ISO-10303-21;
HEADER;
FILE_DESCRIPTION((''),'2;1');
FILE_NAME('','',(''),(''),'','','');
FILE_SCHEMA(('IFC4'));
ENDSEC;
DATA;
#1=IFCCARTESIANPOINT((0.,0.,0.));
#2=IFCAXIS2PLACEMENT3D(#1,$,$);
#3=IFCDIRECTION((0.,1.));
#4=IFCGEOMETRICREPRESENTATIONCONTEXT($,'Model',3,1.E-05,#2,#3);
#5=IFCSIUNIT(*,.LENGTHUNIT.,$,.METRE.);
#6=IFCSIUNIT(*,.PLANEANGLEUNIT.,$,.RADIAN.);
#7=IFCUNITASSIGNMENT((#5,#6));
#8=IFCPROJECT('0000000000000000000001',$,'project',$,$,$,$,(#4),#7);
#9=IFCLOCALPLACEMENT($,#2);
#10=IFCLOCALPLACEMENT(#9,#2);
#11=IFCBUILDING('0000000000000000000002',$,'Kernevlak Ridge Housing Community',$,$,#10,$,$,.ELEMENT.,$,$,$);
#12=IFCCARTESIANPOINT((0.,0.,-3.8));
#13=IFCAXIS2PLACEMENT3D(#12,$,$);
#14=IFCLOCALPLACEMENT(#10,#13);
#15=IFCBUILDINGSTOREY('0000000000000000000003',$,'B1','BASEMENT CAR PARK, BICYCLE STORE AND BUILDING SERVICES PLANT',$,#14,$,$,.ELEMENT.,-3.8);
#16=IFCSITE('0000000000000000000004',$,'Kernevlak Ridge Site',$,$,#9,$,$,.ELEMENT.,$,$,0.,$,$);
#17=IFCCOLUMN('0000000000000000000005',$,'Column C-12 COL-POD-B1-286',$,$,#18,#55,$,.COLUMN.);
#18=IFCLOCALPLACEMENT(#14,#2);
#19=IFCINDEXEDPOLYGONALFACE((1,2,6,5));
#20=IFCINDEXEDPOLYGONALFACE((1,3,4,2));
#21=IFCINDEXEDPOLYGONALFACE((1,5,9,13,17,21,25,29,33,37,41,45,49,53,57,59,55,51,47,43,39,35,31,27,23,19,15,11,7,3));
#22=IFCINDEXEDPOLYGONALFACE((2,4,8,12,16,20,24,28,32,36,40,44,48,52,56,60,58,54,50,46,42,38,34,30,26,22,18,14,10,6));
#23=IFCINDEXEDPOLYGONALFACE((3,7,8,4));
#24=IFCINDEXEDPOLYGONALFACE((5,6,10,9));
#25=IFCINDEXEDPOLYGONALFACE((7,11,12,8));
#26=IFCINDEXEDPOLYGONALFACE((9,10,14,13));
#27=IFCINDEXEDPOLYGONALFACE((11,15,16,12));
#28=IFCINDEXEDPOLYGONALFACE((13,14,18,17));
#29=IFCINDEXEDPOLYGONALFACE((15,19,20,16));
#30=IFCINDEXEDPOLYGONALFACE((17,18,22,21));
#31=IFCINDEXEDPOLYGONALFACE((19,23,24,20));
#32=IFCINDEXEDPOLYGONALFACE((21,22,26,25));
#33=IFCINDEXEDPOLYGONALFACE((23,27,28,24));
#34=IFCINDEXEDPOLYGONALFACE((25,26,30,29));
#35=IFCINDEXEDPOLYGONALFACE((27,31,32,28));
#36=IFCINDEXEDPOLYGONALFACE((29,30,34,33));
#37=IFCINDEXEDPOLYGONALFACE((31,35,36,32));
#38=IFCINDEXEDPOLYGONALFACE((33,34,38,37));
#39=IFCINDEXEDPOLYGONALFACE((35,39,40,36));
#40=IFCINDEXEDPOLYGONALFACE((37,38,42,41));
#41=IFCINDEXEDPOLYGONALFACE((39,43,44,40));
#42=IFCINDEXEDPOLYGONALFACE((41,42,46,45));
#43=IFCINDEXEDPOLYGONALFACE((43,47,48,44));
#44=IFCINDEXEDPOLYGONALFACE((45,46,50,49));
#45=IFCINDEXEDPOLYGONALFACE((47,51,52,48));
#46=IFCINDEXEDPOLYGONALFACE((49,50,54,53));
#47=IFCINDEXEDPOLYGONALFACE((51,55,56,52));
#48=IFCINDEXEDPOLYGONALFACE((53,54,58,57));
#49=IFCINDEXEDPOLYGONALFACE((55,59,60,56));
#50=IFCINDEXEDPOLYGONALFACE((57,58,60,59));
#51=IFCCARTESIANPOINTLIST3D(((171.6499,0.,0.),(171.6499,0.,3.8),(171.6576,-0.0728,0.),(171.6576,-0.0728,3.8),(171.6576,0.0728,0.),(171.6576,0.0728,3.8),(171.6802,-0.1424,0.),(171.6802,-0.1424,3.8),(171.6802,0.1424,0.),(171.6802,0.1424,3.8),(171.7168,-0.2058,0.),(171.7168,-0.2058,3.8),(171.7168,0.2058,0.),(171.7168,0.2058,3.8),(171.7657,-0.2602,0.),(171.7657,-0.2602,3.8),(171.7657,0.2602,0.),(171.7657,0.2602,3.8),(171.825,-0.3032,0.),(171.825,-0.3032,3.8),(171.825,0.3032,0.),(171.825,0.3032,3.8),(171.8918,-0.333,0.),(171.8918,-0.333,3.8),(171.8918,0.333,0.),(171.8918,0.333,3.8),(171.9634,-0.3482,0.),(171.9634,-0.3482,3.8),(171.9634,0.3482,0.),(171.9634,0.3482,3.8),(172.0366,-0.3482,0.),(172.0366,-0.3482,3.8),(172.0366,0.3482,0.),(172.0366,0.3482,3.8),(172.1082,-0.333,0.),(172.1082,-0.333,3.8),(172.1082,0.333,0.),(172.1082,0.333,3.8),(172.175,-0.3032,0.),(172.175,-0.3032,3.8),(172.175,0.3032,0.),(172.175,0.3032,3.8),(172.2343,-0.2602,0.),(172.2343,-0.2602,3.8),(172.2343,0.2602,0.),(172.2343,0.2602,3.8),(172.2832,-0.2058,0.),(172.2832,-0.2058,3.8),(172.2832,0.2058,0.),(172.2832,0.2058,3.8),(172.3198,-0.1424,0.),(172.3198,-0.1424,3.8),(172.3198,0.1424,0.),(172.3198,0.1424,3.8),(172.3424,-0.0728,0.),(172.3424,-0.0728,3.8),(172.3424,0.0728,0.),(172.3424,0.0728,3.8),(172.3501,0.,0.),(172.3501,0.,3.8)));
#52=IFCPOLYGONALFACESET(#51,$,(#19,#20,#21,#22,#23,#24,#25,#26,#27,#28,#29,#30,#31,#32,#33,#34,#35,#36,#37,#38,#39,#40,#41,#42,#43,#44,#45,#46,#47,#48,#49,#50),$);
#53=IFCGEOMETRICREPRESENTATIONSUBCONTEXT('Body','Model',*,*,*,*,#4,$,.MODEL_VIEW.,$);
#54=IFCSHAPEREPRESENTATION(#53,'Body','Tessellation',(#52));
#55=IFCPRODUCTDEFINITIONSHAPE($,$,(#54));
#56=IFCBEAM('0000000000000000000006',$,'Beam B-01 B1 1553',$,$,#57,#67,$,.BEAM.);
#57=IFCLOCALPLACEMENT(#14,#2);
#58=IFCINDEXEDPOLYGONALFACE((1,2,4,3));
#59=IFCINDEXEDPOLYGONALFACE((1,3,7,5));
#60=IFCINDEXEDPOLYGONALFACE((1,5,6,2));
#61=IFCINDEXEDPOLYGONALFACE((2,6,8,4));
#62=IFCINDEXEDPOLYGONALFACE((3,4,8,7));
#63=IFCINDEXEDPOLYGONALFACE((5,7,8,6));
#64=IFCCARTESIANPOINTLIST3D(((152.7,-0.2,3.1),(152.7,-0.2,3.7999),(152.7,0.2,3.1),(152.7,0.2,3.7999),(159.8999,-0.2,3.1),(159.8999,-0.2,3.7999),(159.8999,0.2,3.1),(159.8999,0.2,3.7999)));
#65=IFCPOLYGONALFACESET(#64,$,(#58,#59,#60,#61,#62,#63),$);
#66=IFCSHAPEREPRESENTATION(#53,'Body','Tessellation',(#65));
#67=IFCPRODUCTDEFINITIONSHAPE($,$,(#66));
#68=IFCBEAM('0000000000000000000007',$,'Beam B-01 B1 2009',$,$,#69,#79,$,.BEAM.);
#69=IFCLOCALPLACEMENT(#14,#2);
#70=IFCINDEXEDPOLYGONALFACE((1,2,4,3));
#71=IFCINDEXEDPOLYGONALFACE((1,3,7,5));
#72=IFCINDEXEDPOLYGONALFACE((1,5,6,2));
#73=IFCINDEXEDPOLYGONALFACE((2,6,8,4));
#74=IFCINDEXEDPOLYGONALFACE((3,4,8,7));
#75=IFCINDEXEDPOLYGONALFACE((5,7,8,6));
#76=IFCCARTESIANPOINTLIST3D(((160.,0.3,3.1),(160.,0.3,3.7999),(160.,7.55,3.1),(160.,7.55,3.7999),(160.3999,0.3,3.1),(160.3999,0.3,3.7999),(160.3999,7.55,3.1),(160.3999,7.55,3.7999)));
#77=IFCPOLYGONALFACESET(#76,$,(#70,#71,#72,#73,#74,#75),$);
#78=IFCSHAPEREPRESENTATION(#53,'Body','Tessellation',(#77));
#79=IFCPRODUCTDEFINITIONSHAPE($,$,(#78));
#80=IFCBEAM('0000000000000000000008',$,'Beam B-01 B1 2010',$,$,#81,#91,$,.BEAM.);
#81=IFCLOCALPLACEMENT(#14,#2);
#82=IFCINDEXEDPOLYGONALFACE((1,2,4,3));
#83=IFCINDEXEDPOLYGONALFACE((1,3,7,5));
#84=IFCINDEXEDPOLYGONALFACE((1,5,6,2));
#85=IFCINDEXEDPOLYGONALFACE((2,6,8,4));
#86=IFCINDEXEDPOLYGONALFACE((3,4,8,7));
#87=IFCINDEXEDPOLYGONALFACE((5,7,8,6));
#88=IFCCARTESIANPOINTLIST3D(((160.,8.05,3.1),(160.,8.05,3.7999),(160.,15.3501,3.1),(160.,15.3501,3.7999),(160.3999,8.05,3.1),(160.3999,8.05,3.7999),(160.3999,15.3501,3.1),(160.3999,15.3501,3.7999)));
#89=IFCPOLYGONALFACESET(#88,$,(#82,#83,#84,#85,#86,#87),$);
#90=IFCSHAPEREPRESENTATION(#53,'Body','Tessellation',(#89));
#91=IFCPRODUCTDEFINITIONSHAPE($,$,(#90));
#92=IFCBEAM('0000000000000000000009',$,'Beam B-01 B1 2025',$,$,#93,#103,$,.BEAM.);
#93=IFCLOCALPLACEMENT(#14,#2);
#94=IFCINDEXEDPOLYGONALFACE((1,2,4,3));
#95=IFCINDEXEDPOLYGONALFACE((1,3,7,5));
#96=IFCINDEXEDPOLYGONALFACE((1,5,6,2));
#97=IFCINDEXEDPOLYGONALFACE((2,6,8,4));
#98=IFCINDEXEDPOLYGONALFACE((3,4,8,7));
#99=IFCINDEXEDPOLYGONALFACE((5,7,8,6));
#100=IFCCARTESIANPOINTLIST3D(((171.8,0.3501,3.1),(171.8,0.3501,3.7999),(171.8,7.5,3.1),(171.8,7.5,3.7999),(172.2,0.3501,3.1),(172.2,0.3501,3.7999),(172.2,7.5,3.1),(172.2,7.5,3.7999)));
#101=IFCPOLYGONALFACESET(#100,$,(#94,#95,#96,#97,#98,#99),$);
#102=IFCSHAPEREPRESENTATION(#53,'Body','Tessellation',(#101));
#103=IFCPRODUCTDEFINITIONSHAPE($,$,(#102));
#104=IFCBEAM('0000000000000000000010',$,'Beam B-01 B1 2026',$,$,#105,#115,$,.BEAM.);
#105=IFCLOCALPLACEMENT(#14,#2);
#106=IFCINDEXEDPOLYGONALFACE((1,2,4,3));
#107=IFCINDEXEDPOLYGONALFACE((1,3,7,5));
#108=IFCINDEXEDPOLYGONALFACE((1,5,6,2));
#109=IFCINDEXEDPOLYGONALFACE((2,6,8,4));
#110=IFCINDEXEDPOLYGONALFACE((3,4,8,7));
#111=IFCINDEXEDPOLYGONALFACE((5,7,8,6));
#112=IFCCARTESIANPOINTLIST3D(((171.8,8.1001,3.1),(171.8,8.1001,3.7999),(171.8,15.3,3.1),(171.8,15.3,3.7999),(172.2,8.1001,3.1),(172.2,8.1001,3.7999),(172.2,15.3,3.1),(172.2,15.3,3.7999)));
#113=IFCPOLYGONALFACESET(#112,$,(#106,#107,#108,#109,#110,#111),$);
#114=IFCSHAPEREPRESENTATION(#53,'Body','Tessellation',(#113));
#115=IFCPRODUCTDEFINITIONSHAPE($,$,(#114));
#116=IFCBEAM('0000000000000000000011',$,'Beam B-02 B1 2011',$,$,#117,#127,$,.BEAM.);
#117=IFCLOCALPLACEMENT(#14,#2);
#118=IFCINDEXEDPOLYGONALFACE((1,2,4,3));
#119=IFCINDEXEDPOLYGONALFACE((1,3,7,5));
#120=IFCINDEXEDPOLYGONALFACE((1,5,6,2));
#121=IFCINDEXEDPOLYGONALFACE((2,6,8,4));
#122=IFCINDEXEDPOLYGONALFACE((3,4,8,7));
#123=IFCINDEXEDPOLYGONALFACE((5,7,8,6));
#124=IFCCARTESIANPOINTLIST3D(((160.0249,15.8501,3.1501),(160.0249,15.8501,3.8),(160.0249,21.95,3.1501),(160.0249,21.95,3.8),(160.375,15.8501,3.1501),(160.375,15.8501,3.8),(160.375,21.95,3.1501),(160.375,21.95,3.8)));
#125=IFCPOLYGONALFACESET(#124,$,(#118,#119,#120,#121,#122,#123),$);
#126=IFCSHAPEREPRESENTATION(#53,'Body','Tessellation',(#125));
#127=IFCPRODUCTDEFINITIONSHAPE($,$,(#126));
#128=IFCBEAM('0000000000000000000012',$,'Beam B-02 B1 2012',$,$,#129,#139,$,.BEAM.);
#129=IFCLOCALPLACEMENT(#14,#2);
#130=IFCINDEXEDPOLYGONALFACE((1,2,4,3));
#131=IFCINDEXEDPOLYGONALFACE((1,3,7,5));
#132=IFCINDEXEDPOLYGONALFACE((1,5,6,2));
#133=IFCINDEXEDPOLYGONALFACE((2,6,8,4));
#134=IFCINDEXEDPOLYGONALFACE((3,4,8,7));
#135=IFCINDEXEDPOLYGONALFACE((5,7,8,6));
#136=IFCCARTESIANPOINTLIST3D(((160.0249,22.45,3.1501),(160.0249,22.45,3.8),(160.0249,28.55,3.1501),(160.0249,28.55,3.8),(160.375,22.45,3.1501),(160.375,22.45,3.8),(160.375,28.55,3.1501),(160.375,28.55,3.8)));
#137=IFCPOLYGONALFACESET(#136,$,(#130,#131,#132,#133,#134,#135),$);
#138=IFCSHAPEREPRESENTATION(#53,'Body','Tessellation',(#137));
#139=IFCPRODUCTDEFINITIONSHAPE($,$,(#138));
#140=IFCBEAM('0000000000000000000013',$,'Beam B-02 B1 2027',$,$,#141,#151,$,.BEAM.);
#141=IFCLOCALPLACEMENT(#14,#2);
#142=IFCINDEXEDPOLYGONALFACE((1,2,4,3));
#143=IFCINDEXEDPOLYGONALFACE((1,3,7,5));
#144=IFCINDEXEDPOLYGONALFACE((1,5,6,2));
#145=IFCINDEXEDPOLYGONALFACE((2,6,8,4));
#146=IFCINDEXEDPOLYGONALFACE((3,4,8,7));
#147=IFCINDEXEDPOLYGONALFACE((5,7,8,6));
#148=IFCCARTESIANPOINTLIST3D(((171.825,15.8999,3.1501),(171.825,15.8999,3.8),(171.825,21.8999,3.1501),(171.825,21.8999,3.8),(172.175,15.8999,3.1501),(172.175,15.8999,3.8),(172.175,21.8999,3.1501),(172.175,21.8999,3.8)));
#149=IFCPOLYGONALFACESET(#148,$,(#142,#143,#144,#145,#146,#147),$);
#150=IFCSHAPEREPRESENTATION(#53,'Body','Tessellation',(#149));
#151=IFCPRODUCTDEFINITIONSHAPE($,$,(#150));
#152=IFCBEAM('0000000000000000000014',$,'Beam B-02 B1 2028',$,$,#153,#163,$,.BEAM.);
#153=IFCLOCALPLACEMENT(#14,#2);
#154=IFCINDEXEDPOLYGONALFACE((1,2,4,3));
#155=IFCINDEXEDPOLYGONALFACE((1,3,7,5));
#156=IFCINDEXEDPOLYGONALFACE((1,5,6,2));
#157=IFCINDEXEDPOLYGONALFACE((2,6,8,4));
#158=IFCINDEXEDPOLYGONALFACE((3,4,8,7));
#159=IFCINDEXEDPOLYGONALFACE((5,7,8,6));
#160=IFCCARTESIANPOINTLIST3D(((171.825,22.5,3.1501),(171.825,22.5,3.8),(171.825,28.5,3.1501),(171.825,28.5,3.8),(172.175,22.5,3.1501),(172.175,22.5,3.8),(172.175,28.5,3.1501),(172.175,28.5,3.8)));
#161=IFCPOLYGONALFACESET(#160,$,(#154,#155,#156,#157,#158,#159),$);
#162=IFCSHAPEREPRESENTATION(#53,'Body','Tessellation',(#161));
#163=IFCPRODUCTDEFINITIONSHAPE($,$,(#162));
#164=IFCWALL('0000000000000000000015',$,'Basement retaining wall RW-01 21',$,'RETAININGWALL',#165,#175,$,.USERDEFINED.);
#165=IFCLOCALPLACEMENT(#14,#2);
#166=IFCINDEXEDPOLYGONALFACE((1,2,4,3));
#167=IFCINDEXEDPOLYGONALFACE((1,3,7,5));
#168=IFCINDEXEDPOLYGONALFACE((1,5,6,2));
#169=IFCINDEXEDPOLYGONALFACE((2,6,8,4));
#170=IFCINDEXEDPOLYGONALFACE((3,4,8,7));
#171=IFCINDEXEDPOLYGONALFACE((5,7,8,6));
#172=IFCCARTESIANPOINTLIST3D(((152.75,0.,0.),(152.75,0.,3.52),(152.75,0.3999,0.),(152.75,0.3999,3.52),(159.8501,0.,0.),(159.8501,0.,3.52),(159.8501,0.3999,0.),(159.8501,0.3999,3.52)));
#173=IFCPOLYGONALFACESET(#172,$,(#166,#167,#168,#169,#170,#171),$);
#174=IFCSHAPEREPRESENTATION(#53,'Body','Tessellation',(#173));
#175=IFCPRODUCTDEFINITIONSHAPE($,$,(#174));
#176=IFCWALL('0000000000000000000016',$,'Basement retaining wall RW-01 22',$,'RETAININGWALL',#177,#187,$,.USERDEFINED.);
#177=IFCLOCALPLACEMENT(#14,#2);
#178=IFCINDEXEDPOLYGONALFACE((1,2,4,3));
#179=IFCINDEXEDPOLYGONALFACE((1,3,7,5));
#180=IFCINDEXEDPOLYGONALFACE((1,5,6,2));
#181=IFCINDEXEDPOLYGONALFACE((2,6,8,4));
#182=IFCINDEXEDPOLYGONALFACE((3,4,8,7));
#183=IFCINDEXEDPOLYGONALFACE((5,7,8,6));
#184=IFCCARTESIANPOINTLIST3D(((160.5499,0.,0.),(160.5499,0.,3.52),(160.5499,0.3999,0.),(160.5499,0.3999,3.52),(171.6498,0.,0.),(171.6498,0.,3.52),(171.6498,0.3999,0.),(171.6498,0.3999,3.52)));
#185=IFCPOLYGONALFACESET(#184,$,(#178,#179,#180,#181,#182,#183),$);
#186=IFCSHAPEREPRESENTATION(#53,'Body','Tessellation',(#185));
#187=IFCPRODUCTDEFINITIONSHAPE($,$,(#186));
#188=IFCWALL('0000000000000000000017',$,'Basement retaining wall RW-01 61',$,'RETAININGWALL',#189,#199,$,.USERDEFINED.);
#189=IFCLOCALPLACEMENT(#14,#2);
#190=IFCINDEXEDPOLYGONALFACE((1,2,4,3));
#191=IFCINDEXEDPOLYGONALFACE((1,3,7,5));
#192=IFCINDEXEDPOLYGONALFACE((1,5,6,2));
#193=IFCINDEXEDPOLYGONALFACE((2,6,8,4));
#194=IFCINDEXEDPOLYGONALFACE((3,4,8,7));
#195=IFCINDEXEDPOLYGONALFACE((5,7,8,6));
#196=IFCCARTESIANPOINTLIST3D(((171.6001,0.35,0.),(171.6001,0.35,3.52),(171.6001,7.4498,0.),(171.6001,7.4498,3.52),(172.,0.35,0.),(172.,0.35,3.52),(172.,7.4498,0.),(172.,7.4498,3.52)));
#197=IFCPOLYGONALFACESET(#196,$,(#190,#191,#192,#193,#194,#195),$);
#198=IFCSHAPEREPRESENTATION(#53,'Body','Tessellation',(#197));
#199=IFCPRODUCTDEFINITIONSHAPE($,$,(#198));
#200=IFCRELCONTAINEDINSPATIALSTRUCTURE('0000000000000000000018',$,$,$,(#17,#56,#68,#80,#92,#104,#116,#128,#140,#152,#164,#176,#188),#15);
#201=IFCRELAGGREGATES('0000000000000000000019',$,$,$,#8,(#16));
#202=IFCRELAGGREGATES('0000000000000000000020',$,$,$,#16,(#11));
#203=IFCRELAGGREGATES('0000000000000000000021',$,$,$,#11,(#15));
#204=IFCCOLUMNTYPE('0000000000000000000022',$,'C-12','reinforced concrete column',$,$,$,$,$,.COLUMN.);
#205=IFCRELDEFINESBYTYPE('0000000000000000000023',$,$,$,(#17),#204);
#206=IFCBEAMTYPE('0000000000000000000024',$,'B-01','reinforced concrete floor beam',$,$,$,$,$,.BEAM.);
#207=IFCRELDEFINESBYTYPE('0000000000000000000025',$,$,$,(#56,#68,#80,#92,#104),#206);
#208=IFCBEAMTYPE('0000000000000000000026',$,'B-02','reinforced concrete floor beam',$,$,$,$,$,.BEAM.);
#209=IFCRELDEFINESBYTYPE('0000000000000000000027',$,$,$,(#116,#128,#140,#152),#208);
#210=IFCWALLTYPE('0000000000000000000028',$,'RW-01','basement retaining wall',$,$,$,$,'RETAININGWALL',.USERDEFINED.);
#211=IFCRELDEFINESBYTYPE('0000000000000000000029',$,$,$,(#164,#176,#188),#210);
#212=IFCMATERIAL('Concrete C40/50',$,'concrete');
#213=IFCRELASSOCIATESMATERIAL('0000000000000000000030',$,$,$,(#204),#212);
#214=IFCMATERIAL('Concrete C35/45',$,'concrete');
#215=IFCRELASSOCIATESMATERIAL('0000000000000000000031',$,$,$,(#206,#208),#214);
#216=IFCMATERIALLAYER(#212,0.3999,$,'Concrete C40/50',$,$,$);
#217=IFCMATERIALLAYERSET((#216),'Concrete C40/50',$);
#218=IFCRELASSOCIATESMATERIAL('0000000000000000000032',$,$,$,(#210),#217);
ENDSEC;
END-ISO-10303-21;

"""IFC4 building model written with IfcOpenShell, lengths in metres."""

from ifc_helpers import new_model, si_unit, direction, frame, frame_2d, origin, origin_2d, place, context, subcontext, project, spatial, rectangle, circle, extrude, material, layer, layer_set, material_profile, profile_set, type_object, element, save


model = new_model("IFC4")

# Units and contexts
model_context = context("Model", 3, precision=1e-05, world=origin(), true_north=direction((0.0, 1.0)))
body_context = subcontext(model_context, "Body", "Model", "MODEL_VIEW")
ifc_project = project(units=[si_unit("LENGTHUNIT", "METRE"), si_unit("PLANEANGLEUNIT", "RADIAN")], contexts=[model_context])

# Site, building, storey
site_placement = place(None, origin())
site = spatial("IfcSite", under=ifc_project, at=site_placement, Name="Kernevlak Ridge Site", CompositionType="ELEMENT", RefElevation=0.0)
building_placement = place(site_placement, origin())
building = spatial("IfcBuilding", under=site, at=building_placement, Name="Kernevlak Ridge Housing Community", CompositionType="ELEMENT")
storey_placement = place(building_placement, frame((0.0, 0.0, -3.8)))
storey = spatial("IfcBuildingStorey", under=building, at=storey_placement, Name="B1", Description="BASEMENT CAR PARK, BICYCLE STORE AND BUILDING SERVICES PLANT", CompositionType="ELEMENT", Elevation=-3.8)

# Shared definitions
ifc_material_1 = material(Name="Concrete C35/45", Category="concrete")

# Column
ifc_material_2 = material(Name="Concrete C40/50", Category="concrete")
ifc_material_profile_1 = material_profile(ifc_material_2, circle(Radius=0.3501, at=origin_2d()), Name="RC D700")
ifc_profile_set_1 = profile_set([ifc_material_profile_1], Name="Concrete C40/50")
column_type_1 = type_object("IfcColumnType", Name="C-12", Description="reinforced concrete column", PredefinedType="COLUMN", material=ifc_profile_set_1)
column_placement = place(storey_placement, frame((172.0, 0.0, 0.0), z_axis=(0.0, 0.0, 1.0), x_axis=(1.0, 0.0, 0.0)))
element("IfcColumn", 1, at=column_placement, inside=storey, type_object=column_type_1, Name="Column C-12 COL-POD-B1-286", PredefinedType="COLUMN", context=body_context, shape_type="SweptSolid", body=[
    extrude(circle(Radius=0.3501, at=origin_2d()), origin(), (0.0, 0.0, 1.0), 3.8),
])

# Beams
ifc_material_profile_2 = material_profile(ifc_material_1, rectangle(XDim=0.3999, YDim=0.7, at=origin_2d()), Name="RC 400x700")
ifc_profile_set_2 = profile_set([ifc_material_profile_2], Name="Concrete C35/45")
beam_type_1 = type_object("IfcBeamType", Name="B-01", Description="reinforced concrete floor beam", PredefinedType="BEAM", material=ifc_profile_set_2)
beam_1_placement = place(storey_placement, frame((152.7, 0.0, 3.45), z_axis=(1.0, 0.0, 0.0), x_axis=(0.0, 1.0, 0.0)))
element("IfcBeam", 2, at=beam_1_placement, inside=storey, type_object=beam_type_1, Name="Beam B-01 B1 1553", PredefinedType="BEAM", context=body_context, shape_type="SweptSolid", body=[
    extrude(rectangle(XDim=0.3999, YDim=0.7, at=origin_2d()), origin(), (0.0, 0.0, 1.0), 7.2),
])
beam_2_placement = place(storey_placement, frame((160.2, 0.3, 3.45), z_axis=(0.0, 1.0, 0.0), x_axis=(-1.0, 0.0, 0.0)))
element("IfcBeam", 3, at=beam_2_placement, inside=storey, type_object=beam_type_1, Name="Beam B-01 B1 2009", PredefinedType="BEAM", context=body_context, shape_type="SweptSolid", body=[
    extrude(rectangle(XDim=0.3999, YDim=0.7, at=origin_2d()), origin(), (0.0, 0.0, 1.0), 7.25),
])
beam_3_placement = place(storey_placement, frame((160.2, 8.05, 3.45), z_axis=(0.0, 1.0, 0.0), x_axis=(-1.0, 0.0, 0.0)))
element("IfcBeam", 4, at=beam_3_placement, inside=storey, type_object=beam_type_1, Name="Beam B-01 B1 2010", PredefinedType="BEAM", context=body_context, shape_type="SweptSolid", body=[
    extrude(rectangle(XDim=0.3999, YDim=0.7, at=origin_2d()), origin(), (0.0, 0.0, 1.0), 7.3),
])
beam_4_placement = place(storey_placement, frame((172.0, 0.3501, 3.45), z_axis=(0.0, 1.0, 0.0), x_axis=(-1.0, 0.0, 0.0)))
element("IfcBeam", 5, at=beam_4_placement, inside=storey, type_object=beam_type_1, Name="Beam B-01 B1 2025", PredefinedType="BEAM", context=body_context, shape_type="SweptSolid", body=[
    extrude(rectangle(XDim=0.3999, YDim=0.7, at=origin_2d()), origin(), (0.0, 0.0, 1.0), 7.1499),
])
beam_5_placement = place(storey_placement, frame((172.0, 8.1001, 3.45), z_axis=(0.0, 1.0, 0.0), x_axis=(-1.0, 0.0, 0.0)))
element("IfcBeam", 6, at=beam_5_placement, inside=storey, type_object=beam_type_1, Name="Beam B-01 B1 2026", PredefinedType="BEAM", context=body_context, shape_type="SweptSolid", body=[
    extrude(rectangle(XDim=0.3999, YDim=0.7, at=origin_2d()), origin(), (0.0, 0.0, 1.0), 7.2),
])
ifc_material_profile_3 = material_profile(ifc_material_1, rectangle(XDim=0.3501, YDim=0.6499, at=origin_2d()), Name="RC 350x650")
ifc_profile_set_3 = profile_set([ifc_material_profile_3], Name="Concrete C35/45")
beam_type_2 = type_object("IfcBeamType", Name="B-02", Description="reinforced concrete floor beam", PredefinedType="BEAM", material=ifc_profile_set_3)
beam_6_placement = place(storey_placement, frame((160.2, 15.8501, 3.4751), z_axis=(0.0, 1.0, 0.0), x_axis=(-1.0, 0.0, 0.0)))
element("IfcBeam", 7, at=beam_6_placement, inside=storey, type_object=beam_type_2, Name="Beam B-02 B1 2011", PredefinedType="BEAM", context=body_context, shape_type="SweptSolid", body=[
    extrude(rectangle(XDim=0.3501, YDim=0.6499, at=origin_2d()), origin(), (0.0, 0.0, 1.0), 6.0999),
])
beam_7_placement = place(storey_placement, frame((160.2, 22.45, 3.4751), z_axis=(0.0, 1.0, 0.0), x_axis=(-1.0, 0.0, 0.0)))
element("IfcBeam", 8, at=beam_7_placement, inside=storey, type_object=beam_type_2, Name="Beam B-02 B1 2012", PredefinedType="BEAM", context=body_context, shape_type="SweptSolid", body=[
    extrude(rectangle(XDim=0.3501, YDim=0.6499, at=origin_2d()), origin(), (0.0, 0.0, 1.0), 6.1001),
])
for number, where, z_axis, x_axis, name in (
    (9, (172.0, 15.8999, 3.4751), (0.0, 1.0, 0.0), (-1.0, 0.0, 0.0), "Beam B-02 B1 2027"),
    (10, (172.0, 22.5, 3.4751), (0.0, 1.0, 0.0), (-1.0, 0.0, 0.0), "Beam B-02 B1 2028"),
):
    element("IfcBeam", number, at=place(storey_placement, frame(where, z_axis=z_axis, x_axis=x_axis)), inside=storey, type_object=beam_type_2, Name=name, PredefinedType="BEAM", context=body_context, shape_type="SweptSolid", body=[
        extrude(rectangle(XDim=0.3501, YDim=0.6499, at=origin_2d()), origin(), (0.0, 0.0, 1.0), 6.0),
    ])

# Walls
ifc_layer = layer(ifc_material_2, 0.3999, Name="Concrete C40/50")
ifc_layer_set = layer_set([ifc_layer], Name="Concrete C40/50")
wall_type = type_object("IfcWallType", Name="RW-01", Description="basement retaining wall", ElementType="RETAININGWALL", PredefinedType="USERDEFINED", material=ifc_layer_set)
wall_1_placement = place(storey_placement, frame((152.75, 0.2, 0.0), z_axis=(0.0, 0.0, 1.0), x_axis=(1.0, 0.0, 0.0)))
element("IfcWall", 11, at=wall_1_placement, inside=storey, type_object=wall_type, Name="Basement retaining wall RW-01 21", ObjectType="RETAININGWALL", PredefinedType="USERDEFINED", context=body_context, shape_type="SweptSolid", body=[
    extrude(rectangle(XDim=7.1001, YDim=0.3999, at=frame_2d((3.55, 0.0))), origin(), (0.0, 0.0, 1.0), 3.52),
])
wall_2_placement = place(storey_placement, frame((160.55, 0.2, 0.0), z_axis=(0.0, 0.0, 1.0), x_axis=(1.0, 0.0, 0.0)))
element("IfcWall", 12, at=wall_2_placement, inside=storey, type_object=wall_type, Name="Basement retaining wall RW-01 22", ObjectType="RETAININGWALL", PredefinedType="USERDEFINED", context=body_context, shape_type="SweptSolid", body=[
    extrude(rectangle(XDim=11.0999, YDim=0.3999, at=frame_2d((5.5498, 0.0))), origin(), (0.0, 0.0, 1.0), 3.52),
])
wall_3_placement = place(storey_placement, frame((171.8, 0.3501, 0.0), z_axis=(0.0, 0.0, 1.0), x_axis=(0.0, 1.0, 0.0)))
element("IfcWall", 13, at=wall_3_placement, inside=storey, type_object=wall_type, Name="Basement retaining wall RW-01 61", ObjectType="RETAININGWALL", PredefinedType="USERDEFINED", context=body_context, shape_type="SweptSolid", body=[
    extrude(rectangle(XDim=7.0999, YDim=0.3999, at=frame_2d((3.5498, 0.0))), origin(), (0.0, 0.0, 1.0), 3.52),
])

save(model, "model.ifc")
